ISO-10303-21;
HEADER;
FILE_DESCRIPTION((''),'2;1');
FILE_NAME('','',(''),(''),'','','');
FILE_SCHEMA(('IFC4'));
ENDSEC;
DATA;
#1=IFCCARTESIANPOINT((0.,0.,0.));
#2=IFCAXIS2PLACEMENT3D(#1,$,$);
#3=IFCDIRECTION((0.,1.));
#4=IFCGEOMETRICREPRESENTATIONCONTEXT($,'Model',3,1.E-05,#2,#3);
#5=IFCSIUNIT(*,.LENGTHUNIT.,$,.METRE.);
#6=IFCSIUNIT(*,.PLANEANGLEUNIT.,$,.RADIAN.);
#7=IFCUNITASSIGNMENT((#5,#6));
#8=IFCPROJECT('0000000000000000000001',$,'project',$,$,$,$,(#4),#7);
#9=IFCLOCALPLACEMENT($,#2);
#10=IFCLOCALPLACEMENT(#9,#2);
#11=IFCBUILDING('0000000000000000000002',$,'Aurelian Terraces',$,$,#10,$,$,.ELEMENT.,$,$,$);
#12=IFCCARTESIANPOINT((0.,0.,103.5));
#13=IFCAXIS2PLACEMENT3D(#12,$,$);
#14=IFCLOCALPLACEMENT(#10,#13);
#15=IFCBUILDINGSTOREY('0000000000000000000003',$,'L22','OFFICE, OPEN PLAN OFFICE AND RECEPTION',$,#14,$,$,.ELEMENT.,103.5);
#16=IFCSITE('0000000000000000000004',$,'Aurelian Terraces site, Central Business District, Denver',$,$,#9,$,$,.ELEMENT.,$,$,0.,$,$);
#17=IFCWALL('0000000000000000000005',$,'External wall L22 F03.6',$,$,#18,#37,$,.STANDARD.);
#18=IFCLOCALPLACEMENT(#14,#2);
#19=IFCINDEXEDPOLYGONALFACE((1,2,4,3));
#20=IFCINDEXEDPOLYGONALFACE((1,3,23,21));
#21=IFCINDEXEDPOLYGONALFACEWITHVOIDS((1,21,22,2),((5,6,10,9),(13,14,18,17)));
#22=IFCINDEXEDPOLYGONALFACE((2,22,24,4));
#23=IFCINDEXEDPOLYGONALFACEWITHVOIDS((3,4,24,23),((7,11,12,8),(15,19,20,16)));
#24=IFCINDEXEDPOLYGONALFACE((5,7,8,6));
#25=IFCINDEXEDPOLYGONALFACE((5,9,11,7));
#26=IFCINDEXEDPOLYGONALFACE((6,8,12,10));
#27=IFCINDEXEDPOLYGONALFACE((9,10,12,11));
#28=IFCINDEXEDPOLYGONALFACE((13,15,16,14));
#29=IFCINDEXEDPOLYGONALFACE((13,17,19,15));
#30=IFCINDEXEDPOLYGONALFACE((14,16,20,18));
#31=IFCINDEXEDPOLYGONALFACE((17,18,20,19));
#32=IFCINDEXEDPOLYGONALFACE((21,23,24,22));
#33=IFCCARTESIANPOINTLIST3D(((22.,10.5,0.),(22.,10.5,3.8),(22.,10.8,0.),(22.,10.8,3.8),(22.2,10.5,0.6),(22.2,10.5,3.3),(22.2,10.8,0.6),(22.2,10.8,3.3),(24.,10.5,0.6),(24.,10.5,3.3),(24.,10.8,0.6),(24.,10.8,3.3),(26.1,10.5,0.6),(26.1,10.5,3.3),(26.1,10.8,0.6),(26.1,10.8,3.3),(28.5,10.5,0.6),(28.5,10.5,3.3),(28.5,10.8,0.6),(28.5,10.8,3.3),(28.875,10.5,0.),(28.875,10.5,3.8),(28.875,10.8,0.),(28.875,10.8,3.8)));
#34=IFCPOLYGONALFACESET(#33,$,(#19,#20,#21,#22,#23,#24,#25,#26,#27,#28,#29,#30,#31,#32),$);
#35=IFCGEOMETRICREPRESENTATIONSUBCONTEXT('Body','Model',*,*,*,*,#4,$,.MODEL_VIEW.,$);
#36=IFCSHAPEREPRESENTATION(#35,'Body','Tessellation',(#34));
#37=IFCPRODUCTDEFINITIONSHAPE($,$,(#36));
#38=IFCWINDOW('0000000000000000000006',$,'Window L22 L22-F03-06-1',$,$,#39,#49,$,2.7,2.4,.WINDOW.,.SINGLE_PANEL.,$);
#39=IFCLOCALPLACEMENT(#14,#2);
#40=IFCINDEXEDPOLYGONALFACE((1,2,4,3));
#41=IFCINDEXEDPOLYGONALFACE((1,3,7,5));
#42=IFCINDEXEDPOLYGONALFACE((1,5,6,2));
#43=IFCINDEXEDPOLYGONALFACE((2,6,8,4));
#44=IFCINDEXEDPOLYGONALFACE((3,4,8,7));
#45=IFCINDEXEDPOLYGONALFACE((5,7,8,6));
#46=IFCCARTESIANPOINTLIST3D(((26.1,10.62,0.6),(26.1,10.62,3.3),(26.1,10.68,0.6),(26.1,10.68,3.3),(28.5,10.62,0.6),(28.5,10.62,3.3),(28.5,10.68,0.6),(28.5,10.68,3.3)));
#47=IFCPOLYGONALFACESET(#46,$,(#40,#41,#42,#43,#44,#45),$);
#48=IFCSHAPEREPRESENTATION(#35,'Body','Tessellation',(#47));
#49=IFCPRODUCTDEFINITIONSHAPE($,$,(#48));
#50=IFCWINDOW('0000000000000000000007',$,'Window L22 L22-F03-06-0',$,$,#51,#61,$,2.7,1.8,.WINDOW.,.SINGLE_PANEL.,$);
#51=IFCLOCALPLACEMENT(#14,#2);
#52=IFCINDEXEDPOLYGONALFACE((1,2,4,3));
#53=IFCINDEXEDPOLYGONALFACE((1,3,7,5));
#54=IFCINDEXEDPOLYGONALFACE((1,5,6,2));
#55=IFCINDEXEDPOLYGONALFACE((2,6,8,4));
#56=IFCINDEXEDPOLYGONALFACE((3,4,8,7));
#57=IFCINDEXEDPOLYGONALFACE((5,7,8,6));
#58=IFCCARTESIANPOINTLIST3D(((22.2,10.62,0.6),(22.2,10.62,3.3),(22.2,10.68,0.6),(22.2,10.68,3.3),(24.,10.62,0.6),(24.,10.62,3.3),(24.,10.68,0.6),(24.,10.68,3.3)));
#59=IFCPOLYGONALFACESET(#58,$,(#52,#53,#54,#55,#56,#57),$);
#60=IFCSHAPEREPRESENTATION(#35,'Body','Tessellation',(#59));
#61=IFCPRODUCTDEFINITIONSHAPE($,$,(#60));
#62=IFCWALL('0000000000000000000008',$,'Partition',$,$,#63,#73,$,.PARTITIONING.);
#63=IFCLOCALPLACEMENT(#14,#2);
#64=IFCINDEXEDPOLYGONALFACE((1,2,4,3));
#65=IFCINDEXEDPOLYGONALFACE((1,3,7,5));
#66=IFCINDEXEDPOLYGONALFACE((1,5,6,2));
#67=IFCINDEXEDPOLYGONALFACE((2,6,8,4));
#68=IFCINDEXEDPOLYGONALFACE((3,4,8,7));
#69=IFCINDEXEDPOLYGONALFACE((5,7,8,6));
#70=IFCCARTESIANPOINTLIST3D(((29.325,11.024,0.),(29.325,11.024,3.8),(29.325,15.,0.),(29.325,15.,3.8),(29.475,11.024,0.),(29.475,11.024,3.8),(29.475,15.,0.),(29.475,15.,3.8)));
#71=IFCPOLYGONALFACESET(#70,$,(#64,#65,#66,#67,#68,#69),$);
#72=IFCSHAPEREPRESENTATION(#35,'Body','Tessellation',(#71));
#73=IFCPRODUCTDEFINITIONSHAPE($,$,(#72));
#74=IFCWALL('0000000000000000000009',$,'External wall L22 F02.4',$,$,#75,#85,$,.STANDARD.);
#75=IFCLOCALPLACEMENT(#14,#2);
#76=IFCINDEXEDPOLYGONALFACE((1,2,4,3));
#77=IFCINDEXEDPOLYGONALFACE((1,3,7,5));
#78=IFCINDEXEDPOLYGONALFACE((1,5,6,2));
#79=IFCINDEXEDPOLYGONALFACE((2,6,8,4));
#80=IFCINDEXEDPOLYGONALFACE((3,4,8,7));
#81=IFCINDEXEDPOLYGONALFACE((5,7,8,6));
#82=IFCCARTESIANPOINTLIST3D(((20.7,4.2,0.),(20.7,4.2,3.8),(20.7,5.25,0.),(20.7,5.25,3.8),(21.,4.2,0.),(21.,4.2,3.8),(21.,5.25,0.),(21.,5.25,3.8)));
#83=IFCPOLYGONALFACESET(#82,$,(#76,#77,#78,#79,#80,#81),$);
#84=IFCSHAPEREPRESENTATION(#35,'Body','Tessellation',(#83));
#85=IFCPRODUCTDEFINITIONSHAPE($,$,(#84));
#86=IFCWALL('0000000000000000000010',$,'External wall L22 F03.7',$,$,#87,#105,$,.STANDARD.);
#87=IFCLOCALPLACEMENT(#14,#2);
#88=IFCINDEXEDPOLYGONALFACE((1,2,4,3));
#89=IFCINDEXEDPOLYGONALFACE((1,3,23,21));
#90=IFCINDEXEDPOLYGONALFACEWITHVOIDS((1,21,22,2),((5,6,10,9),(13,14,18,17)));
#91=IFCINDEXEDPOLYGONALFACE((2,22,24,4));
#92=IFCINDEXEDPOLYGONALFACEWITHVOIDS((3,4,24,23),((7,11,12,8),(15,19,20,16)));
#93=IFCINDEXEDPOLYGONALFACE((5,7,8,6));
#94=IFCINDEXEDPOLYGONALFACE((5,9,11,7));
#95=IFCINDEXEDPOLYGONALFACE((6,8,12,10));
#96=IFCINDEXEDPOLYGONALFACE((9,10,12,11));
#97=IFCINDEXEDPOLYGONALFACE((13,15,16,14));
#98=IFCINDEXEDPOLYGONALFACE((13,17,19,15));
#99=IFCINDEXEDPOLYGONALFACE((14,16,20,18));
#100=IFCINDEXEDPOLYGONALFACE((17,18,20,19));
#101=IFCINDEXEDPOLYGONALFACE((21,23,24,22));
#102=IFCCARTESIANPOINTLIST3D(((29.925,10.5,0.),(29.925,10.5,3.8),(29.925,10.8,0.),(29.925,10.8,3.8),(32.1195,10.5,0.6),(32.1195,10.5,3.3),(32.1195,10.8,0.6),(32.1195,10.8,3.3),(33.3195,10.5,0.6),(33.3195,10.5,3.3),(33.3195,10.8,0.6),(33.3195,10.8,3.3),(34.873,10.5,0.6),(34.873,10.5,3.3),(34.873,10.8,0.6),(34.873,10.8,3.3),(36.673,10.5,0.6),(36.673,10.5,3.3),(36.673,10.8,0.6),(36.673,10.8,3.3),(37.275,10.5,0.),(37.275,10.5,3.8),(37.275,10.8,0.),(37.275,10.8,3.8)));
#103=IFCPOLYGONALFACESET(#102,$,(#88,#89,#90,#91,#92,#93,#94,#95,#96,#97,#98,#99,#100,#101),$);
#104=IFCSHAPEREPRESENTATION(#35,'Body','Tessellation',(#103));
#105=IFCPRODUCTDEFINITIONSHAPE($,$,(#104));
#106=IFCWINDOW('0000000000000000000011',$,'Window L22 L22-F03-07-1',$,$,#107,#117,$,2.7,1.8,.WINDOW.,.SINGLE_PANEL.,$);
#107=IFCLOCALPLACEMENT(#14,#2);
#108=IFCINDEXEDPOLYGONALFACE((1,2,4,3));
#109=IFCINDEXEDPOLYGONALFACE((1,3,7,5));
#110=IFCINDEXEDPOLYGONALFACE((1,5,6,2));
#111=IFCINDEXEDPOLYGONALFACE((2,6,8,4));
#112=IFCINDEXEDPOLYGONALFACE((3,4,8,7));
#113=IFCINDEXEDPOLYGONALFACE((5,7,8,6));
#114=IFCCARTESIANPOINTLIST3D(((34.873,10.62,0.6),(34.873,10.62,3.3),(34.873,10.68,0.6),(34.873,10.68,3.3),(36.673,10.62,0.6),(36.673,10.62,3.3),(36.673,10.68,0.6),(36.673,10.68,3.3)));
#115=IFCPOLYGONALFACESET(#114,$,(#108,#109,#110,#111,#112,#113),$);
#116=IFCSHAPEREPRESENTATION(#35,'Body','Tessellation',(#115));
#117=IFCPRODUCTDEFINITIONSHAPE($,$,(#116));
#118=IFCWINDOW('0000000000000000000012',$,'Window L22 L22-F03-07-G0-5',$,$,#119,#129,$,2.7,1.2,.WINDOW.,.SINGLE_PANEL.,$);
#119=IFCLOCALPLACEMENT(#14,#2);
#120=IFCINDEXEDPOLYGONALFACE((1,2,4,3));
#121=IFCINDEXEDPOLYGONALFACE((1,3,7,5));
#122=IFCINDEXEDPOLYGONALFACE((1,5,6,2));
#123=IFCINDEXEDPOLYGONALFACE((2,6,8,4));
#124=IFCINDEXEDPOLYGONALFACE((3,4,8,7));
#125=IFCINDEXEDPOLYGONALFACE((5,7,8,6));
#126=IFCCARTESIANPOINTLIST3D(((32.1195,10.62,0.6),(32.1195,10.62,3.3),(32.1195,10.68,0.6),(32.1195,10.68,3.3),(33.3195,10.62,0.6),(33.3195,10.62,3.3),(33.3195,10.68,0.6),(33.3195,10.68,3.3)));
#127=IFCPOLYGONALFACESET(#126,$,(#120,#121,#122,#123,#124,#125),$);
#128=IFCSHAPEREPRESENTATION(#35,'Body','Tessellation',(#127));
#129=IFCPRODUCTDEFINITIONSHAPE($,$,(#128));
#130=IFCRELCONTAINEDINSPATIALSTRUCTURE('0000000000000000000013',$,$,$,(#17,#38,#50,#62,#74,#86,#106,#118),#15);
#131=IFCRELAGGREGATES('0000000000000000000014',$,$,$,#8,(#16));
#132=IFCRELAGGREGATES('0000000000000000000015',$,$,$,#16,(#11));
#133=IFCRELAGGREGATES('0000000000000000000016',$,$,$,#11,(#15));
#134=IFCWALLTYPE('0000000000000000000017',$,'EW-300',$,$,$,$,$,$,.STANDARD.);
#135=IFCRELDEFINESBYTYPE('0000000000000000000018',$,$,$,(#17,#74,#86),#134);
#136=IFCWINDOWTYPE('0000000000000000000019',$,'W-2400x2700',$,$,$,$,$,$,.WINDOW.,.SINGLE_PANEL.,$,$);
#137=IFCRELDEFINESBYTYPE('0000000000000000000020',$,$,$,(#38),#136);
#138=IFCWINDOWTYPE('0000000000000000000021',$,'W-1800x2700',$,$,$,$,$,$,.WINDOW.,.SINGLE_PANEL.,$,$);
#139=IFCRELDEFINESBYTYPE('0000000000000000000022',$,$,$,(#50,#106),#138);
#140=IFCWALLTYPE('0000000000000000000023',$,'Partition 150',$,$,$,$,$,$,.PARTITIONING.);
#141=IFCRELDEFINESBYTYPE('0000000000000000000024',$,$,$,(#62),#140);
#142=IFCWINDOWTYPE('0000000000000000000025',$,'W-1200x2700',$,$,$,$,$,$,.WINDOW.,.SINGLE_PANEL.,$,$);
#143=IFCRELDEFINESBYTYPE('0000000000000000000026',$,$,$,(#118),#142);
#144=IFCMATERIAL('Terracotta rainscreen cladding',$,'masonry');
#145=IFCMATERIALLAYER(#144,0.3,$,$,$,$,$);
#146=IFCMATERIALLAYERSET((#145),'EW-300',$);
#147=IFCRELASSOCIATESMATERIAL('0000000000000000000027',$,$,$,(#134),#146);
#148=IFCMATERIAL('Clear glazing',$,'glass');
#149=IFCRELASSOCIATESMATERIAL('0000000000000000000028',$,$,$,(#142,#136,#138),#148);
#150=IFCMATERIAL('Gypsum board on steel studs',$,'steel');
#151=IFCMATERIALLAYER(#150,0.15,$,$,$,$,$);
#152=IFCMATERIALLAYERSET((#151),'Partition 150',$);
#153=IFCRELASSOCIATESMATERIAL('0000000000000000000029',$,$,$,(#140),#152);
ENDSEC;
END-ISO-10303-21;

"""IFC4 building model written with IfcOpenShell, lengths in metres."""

from ifc_helpers import new_model, si_unit, direction, frame, frame_2d, origin, place, context, subcontext, project, spatial, rectangle, extrude, source, transform, mapped, material, layer, layer_set, type_object, element, fill, save


model = new_model("IFC4")

# Units and contexts
model_context = context("Model", 3, precision=1e-05, world=origin(), true_north=direction((0.0, 1.0)))
body_context = subcontext(model_context, "Body", "Model", "MODEL_VIEW")
ifc_project = project(units=[si_unit("LENGTHUNIT", "METRE"), si_unit("PLANEANGLEUNIT", "RADIAN")], contexts=[model_context])

# Site, building, storey
site_placement = place(None, origin())
site = spatial("IfcSite", under=ifc_project, at=site_placement, Name="Aurelian Terraces site, Central Business District, Denver", CompositionType="ELEMENT", RefElevation=0.0)
building_placement = place(site_placement, origin())
building = spatial("IfcBuilding", under=site, at=building_placement, Name="Aurelian Terraces", CompositionType="ELEMENT")
storey_placement = place(building_placement, frame((0.0, 0.0, 103.5)))
storey = spatial("IfcBuildingStorey", under=building, at=storey_placement, Name="L22", Description="OFFICE, OPEN PLAN OFFICE AND RECEPTION", CompositionType="ELEMENT", Elevation=103.5)

# Shared definitions
ifc_material_1 = material(Name="Terracotta rainscreen cladding", Category="masonry")
ifc_layer_1 = layer(ifc_material_1, 0.3)
ifc_layer_set_1 = layer_set([ifc_layer_1], Name="EW-300")
wall_type_1 = type_object("IfcWallType", Name="EW-300", PredefinedType="STANDARD", material=ifc_layer_set_1)
shared_shape_1 = source(origin(), body_context, "Body", "SweptSolid", [
    extrude(rectangle(XDim=1.2, YDim=2.7, at=frame_2d((0.6, 1.35))), frame((0.0, 0.16, 0.0), z_axis=(0.0, -1.0, 0.0), x_axis=(1.0, 0.0, 0.0)), (0.0, 0.0, 1.0), 0.32),
])
ifc_material_2 = material(Name="Clear glazing", Category="glass")
window_type_1 = type_object("IfcWindowType", Name="W-1200x2700", PartitioningType="SINGLE_PANEL", PredefinedType="WINDOW", material=ifc_material_2)
shared_shape_2 = source(origin(), body_context, "Body", "SweptSolid", [
    extrude(rectangle(XDim=1.2, YDim=2.7, at=frame_2d((0.6, 1.35))), frame((0.0, 0.03, 0.0), z_axis=(0.0, -1.0, 0.0), x_axis=(1.0, 0.0, 0.0)), (0.0, 0.0, 1.0), 0.06),
])

# Wall, openings, windows
wall_1_placement = place(storey_placement, frame((22.0, 10.65, 0.0), z_axis=(0.0, 0.0, 1.0), x_axis=(1.0, 0.0, 0.0)))
wall_1 = element("IfcWall", 1, at=wall_1_placement, inside=storey, type_object=wall_type_1, Name="External wall L22 F03.6", PredefinedType="STANDARD", context=body_context, shape_type="SweptSolid", body=[
    extrude(rectangle(XDim=6.875, YDim=0.3, at=frame_2d((3.4375, 0.0))), origin(), (0.0, 0.0, 1.0), 3.8),
])
shared_shape_3 = source(origin(), body_context, "Body", "SweptSolid", [
    extrude(rectangle(XDim=1.8, YDim=2.7, at=frame_2d((0.9, 1.35))), frame((0.0, 0.16, 0.0), z_axis=(0.0, -1.0, 0.0), x_axis=(1.0, 0.0, 0.0)), (0.0, 0.0, 1.0), 0.32),
])
opening_1_placement = place(wall_1_placement, frame((0.2, 0.0, 0.6)))
opening_1 = element("IfcOpeningElement", 2, at=opening_1_placement, cuts=wall_1, PredefinedType="OPENING", context=body_context, shape_type="MappedRepresentation", body=[
    mapped(shared_shape_3, transform((0.0, 0.0, 0.0), scale=1.0)),
])
shared_shape_4 = source(origin(), body_context, "Body", "SweptSolid", [
    extrude(rectangle(XDim=2.4, YDim=2.7, at=frame_2d((1.2, 1.35))), frame((0.0, 0.16, 0.0), z_axis=(0.0, -1.0, 0.0), x_axis=(1.0, 0.0, 0.0)), (0.0, 0.0, 1.0), 0.32),
])
opening_2_placement = place(wall_1_placement, frame((4.1, 0.0, 0.6)))
opening_2 = element("IfcOpeningElement", 3, at=opening_2_placement, cuts=wall_1, PredefinedType="OPENING", context=body_context, shape_type="MappedRepresentation", body=[
    mapped(shared_shape_4, transform((0.0, 0.0, 0.0), scale=1.0)),
])
window_type_2 = type_object("IfcWindowType", Name="W-2400x2700", PartitioningType="SINGLE_PANEL", PredefinedType="WINDOW", material=ifc_material_2)
shared_shape_5 = source(origin(), body_context, "Body", "SweptSolid", [
    extrude(rectangle(XDim=2.4, YDim=2.7, at=frame_2d((1.2, 1.35))), frame((0.0, 0.03, 0.0), z_axis=(0.0, -1.0, 0.0), x_axis=(1.0, 0.0, 0.0)), (0.0, 0.0, 1.0), 0.06),
])
window_1_placement = place(opening_2_placement, origin())
window_1 = element("IfcWindow", 4, at=window_1_placement, inside=storey, type_object=window_type_2, Name="Window L22 L22-F03-06-1", OverallHeight=2.7, OverallWidth=2.4, PartitioningType="SINGLE_PANEL", PredefinedType="WINDOW", context=body_context, shape_type="MappedRepresentation", body=[
    mapped(shared_shape_5, transform((0.0, 0.0, 0.0), scale=1.0)),
])
fill(opening_2, window_1)
window_type_3 = type_object("IfcWindowType", Name="W-1800x2700", PartitioningType="SINGLE_PANEL", PredefinedType="WINDOW", material=ifc_material_2)
shared_shape_6 = source(origin(), body_context, "Body", "SweptSolid", [
    extrude(rectangle(XDim=1.8, YDim=2.7, at=frame_2d((0.9, 1.35))), frame((0.0, 0.03, 0.0), z_axis=(0.0, -1.0, 0.0), x_axis=(1.0, 0.0, 0.0)), (0.0, 0.0, 1.0), 0.06),
])
window_2_placement = place(opening_1_placement, origin())
window_2 = element("IfcWindow", 5, at=window_2_placement, inside=storey, type_object=window_type_3, Name="Window L22 L22-F03-06-0", OverallHeight=2.7, OverallWidth=1.8, PartitioningType="SINGLE_PANEL", PredefinedType="WINDOW", context=body_context, shape_type="MappedRepresentation", body=[
    mapped(shared_shape_6, transform((0.0, 0.0, 0.0), scale=1.0)),
])
fill(opening_1, window_2)

# Walls
ifc_material_3 = material(Name="Gypsum board on steel studs", Category="steel")
ifc_layer_2 = layer(ifc_material_3, 0.15)
ifc_layer_set_2 = layer_set([ifc_layer_2], Name="Partition 150")
wall_type_2 = type_object("IfcWallType", Name="Partition 150", PredefinedType="PARTITIONING", material=ifc_layer_set_2)
wall_2_placement = place(storey_placement, frame((29.4, 11.024, 0.0), z_axis=(0.0, 0.0, 1.0), x_axis=(0.0, 1.0, 0.0)))
element("IfcWall", 6, at=wall_2_placement, inside=storey, type_object=wall_type_2, Name="Partition", PredefinedType="PARTITIONING", context=body_context, shape_type="SweptSolid", body=[
    extrude(rectangle(XDim=3.976, YDim=0.15, at=frame_2d((1.988, 0.0))), origin(), (0.0, 0.0, 1.0), 3.8),
])
shared_shape_7 = source(origin(), body_context, "Body", "SweptSolid", [
    extrude(rectangle(XDim=1.05, YDim=0.3, at=frame_2d((0.525, 0.0))), origin(), (0.0, 0.0, 1.0), 3.8),
])
wall_3_placement = place(storey_placement, frame((20.85, 4.2, 0.0), z_axis=(0.0, 0.0, 1.0), x_axis=(0.0, 1.0, 0.0)))
element("IfcWall", 7, at=wall_3_placement, inside=storey, type_object=wall_type_1, Name="External wall L22 F02.4", PredefinedType="STANDARD", context=body_context, shape_type="MappedRepresentation", body=[
    mapped(shared_shape_7, transform((0.0, 0.0, 0.0), scale=1.0)),
])

# Wall, openings, windows
shared_shape_8 = source(origin(), body_context, "Body", "SweptSolid", [
    extrude(rectangle(XDim=7.35, YDim=0.3, at=frame_2d((3.675, 0.0))), origin(), (0.0, 0.0, 1.0), 3.8),
])
wall_4_placement = place(storey_placement, frame((29.925, 10.65, 0.0), z_axis=(0.0, 0.0, 1.0), x_axis=(1.0, 0.0, 0.0)))
wall_4 = element("IfcWall", 8, at=wall_4_placement, inside=storey, type_object=wall_type_1, Name="External wall L22 F03.7", PredefinedType="STANDARD", context=body_context, shape_type="MappedRepresentation", body=[
    mapped(shared_shape_8, transform((0.0, 0.0, 0.0), scale=1.0)),
])
opening_3_placement = place(wall_4_placement, frame((4.948, 0.0, 0.6)))
opening_3 = element("IfcOpeningElement", 9, at=opening_3_placement, cuts=wall_4, PredefinedType="OPENING", context=body_context, shape_type="MappedRepresentation", body=[
    mapped(shared_shape_3, transform((0.0, 0.0, 0.0), scale=1.0)),
])
opening_4_placement = place(wall_4_placement, frame((2.1945, 0.0, 0.6)))
opening_4 = element("IfcOpeningElement", 10, at=opening_4_placement, cuts=wall_4, PredefinedType="OPENING", context=body_context, shape_type="MappedRepresentation", body=[
    mapped(shared_shape_1, transform((0.0, 0.0, 0.0), scale=1.0)),
])
window_3_placement = place(opening_3_placement, origin())
window_3 = element("IfcWindow", 11, at=window_3_placement, inside=storey, type_object=window_type_3, Name="Window L22 L22-F03-07-1", OverallHeight=2.7, OverallWidth=1.8, PartitioningType="SINGLE_PANEL", PredefinedType="WINDOW", context=body_context, shape_type="MappedRepresentation", body=[
    mapped(shared_shape_6, transform((0.0, 0.0, 0.0), scale=1.0)),
])
fill(opening_3, window_3)
window_4_placement = place(opening_4_placement, origin())
window_4 = element("IfcWindow", 12, at=window_4_placement, inside=storey, type_object=window_type_1, Name="Window L22 L22-F03-07-G0-5", OverallHeight=2.7, OverallWidth=1.2, PartitioningType="SINGLE_PANEL", PredefinedType="WINDOW", context=body_context, shape_type="MappedRepresentation", body=[
    mapped(shared_shape_2, transform((0.0, 0.0, 0.0), scale=1.0)),
])
fill(opening_4, window_4)

save(model, "model.ifc")
